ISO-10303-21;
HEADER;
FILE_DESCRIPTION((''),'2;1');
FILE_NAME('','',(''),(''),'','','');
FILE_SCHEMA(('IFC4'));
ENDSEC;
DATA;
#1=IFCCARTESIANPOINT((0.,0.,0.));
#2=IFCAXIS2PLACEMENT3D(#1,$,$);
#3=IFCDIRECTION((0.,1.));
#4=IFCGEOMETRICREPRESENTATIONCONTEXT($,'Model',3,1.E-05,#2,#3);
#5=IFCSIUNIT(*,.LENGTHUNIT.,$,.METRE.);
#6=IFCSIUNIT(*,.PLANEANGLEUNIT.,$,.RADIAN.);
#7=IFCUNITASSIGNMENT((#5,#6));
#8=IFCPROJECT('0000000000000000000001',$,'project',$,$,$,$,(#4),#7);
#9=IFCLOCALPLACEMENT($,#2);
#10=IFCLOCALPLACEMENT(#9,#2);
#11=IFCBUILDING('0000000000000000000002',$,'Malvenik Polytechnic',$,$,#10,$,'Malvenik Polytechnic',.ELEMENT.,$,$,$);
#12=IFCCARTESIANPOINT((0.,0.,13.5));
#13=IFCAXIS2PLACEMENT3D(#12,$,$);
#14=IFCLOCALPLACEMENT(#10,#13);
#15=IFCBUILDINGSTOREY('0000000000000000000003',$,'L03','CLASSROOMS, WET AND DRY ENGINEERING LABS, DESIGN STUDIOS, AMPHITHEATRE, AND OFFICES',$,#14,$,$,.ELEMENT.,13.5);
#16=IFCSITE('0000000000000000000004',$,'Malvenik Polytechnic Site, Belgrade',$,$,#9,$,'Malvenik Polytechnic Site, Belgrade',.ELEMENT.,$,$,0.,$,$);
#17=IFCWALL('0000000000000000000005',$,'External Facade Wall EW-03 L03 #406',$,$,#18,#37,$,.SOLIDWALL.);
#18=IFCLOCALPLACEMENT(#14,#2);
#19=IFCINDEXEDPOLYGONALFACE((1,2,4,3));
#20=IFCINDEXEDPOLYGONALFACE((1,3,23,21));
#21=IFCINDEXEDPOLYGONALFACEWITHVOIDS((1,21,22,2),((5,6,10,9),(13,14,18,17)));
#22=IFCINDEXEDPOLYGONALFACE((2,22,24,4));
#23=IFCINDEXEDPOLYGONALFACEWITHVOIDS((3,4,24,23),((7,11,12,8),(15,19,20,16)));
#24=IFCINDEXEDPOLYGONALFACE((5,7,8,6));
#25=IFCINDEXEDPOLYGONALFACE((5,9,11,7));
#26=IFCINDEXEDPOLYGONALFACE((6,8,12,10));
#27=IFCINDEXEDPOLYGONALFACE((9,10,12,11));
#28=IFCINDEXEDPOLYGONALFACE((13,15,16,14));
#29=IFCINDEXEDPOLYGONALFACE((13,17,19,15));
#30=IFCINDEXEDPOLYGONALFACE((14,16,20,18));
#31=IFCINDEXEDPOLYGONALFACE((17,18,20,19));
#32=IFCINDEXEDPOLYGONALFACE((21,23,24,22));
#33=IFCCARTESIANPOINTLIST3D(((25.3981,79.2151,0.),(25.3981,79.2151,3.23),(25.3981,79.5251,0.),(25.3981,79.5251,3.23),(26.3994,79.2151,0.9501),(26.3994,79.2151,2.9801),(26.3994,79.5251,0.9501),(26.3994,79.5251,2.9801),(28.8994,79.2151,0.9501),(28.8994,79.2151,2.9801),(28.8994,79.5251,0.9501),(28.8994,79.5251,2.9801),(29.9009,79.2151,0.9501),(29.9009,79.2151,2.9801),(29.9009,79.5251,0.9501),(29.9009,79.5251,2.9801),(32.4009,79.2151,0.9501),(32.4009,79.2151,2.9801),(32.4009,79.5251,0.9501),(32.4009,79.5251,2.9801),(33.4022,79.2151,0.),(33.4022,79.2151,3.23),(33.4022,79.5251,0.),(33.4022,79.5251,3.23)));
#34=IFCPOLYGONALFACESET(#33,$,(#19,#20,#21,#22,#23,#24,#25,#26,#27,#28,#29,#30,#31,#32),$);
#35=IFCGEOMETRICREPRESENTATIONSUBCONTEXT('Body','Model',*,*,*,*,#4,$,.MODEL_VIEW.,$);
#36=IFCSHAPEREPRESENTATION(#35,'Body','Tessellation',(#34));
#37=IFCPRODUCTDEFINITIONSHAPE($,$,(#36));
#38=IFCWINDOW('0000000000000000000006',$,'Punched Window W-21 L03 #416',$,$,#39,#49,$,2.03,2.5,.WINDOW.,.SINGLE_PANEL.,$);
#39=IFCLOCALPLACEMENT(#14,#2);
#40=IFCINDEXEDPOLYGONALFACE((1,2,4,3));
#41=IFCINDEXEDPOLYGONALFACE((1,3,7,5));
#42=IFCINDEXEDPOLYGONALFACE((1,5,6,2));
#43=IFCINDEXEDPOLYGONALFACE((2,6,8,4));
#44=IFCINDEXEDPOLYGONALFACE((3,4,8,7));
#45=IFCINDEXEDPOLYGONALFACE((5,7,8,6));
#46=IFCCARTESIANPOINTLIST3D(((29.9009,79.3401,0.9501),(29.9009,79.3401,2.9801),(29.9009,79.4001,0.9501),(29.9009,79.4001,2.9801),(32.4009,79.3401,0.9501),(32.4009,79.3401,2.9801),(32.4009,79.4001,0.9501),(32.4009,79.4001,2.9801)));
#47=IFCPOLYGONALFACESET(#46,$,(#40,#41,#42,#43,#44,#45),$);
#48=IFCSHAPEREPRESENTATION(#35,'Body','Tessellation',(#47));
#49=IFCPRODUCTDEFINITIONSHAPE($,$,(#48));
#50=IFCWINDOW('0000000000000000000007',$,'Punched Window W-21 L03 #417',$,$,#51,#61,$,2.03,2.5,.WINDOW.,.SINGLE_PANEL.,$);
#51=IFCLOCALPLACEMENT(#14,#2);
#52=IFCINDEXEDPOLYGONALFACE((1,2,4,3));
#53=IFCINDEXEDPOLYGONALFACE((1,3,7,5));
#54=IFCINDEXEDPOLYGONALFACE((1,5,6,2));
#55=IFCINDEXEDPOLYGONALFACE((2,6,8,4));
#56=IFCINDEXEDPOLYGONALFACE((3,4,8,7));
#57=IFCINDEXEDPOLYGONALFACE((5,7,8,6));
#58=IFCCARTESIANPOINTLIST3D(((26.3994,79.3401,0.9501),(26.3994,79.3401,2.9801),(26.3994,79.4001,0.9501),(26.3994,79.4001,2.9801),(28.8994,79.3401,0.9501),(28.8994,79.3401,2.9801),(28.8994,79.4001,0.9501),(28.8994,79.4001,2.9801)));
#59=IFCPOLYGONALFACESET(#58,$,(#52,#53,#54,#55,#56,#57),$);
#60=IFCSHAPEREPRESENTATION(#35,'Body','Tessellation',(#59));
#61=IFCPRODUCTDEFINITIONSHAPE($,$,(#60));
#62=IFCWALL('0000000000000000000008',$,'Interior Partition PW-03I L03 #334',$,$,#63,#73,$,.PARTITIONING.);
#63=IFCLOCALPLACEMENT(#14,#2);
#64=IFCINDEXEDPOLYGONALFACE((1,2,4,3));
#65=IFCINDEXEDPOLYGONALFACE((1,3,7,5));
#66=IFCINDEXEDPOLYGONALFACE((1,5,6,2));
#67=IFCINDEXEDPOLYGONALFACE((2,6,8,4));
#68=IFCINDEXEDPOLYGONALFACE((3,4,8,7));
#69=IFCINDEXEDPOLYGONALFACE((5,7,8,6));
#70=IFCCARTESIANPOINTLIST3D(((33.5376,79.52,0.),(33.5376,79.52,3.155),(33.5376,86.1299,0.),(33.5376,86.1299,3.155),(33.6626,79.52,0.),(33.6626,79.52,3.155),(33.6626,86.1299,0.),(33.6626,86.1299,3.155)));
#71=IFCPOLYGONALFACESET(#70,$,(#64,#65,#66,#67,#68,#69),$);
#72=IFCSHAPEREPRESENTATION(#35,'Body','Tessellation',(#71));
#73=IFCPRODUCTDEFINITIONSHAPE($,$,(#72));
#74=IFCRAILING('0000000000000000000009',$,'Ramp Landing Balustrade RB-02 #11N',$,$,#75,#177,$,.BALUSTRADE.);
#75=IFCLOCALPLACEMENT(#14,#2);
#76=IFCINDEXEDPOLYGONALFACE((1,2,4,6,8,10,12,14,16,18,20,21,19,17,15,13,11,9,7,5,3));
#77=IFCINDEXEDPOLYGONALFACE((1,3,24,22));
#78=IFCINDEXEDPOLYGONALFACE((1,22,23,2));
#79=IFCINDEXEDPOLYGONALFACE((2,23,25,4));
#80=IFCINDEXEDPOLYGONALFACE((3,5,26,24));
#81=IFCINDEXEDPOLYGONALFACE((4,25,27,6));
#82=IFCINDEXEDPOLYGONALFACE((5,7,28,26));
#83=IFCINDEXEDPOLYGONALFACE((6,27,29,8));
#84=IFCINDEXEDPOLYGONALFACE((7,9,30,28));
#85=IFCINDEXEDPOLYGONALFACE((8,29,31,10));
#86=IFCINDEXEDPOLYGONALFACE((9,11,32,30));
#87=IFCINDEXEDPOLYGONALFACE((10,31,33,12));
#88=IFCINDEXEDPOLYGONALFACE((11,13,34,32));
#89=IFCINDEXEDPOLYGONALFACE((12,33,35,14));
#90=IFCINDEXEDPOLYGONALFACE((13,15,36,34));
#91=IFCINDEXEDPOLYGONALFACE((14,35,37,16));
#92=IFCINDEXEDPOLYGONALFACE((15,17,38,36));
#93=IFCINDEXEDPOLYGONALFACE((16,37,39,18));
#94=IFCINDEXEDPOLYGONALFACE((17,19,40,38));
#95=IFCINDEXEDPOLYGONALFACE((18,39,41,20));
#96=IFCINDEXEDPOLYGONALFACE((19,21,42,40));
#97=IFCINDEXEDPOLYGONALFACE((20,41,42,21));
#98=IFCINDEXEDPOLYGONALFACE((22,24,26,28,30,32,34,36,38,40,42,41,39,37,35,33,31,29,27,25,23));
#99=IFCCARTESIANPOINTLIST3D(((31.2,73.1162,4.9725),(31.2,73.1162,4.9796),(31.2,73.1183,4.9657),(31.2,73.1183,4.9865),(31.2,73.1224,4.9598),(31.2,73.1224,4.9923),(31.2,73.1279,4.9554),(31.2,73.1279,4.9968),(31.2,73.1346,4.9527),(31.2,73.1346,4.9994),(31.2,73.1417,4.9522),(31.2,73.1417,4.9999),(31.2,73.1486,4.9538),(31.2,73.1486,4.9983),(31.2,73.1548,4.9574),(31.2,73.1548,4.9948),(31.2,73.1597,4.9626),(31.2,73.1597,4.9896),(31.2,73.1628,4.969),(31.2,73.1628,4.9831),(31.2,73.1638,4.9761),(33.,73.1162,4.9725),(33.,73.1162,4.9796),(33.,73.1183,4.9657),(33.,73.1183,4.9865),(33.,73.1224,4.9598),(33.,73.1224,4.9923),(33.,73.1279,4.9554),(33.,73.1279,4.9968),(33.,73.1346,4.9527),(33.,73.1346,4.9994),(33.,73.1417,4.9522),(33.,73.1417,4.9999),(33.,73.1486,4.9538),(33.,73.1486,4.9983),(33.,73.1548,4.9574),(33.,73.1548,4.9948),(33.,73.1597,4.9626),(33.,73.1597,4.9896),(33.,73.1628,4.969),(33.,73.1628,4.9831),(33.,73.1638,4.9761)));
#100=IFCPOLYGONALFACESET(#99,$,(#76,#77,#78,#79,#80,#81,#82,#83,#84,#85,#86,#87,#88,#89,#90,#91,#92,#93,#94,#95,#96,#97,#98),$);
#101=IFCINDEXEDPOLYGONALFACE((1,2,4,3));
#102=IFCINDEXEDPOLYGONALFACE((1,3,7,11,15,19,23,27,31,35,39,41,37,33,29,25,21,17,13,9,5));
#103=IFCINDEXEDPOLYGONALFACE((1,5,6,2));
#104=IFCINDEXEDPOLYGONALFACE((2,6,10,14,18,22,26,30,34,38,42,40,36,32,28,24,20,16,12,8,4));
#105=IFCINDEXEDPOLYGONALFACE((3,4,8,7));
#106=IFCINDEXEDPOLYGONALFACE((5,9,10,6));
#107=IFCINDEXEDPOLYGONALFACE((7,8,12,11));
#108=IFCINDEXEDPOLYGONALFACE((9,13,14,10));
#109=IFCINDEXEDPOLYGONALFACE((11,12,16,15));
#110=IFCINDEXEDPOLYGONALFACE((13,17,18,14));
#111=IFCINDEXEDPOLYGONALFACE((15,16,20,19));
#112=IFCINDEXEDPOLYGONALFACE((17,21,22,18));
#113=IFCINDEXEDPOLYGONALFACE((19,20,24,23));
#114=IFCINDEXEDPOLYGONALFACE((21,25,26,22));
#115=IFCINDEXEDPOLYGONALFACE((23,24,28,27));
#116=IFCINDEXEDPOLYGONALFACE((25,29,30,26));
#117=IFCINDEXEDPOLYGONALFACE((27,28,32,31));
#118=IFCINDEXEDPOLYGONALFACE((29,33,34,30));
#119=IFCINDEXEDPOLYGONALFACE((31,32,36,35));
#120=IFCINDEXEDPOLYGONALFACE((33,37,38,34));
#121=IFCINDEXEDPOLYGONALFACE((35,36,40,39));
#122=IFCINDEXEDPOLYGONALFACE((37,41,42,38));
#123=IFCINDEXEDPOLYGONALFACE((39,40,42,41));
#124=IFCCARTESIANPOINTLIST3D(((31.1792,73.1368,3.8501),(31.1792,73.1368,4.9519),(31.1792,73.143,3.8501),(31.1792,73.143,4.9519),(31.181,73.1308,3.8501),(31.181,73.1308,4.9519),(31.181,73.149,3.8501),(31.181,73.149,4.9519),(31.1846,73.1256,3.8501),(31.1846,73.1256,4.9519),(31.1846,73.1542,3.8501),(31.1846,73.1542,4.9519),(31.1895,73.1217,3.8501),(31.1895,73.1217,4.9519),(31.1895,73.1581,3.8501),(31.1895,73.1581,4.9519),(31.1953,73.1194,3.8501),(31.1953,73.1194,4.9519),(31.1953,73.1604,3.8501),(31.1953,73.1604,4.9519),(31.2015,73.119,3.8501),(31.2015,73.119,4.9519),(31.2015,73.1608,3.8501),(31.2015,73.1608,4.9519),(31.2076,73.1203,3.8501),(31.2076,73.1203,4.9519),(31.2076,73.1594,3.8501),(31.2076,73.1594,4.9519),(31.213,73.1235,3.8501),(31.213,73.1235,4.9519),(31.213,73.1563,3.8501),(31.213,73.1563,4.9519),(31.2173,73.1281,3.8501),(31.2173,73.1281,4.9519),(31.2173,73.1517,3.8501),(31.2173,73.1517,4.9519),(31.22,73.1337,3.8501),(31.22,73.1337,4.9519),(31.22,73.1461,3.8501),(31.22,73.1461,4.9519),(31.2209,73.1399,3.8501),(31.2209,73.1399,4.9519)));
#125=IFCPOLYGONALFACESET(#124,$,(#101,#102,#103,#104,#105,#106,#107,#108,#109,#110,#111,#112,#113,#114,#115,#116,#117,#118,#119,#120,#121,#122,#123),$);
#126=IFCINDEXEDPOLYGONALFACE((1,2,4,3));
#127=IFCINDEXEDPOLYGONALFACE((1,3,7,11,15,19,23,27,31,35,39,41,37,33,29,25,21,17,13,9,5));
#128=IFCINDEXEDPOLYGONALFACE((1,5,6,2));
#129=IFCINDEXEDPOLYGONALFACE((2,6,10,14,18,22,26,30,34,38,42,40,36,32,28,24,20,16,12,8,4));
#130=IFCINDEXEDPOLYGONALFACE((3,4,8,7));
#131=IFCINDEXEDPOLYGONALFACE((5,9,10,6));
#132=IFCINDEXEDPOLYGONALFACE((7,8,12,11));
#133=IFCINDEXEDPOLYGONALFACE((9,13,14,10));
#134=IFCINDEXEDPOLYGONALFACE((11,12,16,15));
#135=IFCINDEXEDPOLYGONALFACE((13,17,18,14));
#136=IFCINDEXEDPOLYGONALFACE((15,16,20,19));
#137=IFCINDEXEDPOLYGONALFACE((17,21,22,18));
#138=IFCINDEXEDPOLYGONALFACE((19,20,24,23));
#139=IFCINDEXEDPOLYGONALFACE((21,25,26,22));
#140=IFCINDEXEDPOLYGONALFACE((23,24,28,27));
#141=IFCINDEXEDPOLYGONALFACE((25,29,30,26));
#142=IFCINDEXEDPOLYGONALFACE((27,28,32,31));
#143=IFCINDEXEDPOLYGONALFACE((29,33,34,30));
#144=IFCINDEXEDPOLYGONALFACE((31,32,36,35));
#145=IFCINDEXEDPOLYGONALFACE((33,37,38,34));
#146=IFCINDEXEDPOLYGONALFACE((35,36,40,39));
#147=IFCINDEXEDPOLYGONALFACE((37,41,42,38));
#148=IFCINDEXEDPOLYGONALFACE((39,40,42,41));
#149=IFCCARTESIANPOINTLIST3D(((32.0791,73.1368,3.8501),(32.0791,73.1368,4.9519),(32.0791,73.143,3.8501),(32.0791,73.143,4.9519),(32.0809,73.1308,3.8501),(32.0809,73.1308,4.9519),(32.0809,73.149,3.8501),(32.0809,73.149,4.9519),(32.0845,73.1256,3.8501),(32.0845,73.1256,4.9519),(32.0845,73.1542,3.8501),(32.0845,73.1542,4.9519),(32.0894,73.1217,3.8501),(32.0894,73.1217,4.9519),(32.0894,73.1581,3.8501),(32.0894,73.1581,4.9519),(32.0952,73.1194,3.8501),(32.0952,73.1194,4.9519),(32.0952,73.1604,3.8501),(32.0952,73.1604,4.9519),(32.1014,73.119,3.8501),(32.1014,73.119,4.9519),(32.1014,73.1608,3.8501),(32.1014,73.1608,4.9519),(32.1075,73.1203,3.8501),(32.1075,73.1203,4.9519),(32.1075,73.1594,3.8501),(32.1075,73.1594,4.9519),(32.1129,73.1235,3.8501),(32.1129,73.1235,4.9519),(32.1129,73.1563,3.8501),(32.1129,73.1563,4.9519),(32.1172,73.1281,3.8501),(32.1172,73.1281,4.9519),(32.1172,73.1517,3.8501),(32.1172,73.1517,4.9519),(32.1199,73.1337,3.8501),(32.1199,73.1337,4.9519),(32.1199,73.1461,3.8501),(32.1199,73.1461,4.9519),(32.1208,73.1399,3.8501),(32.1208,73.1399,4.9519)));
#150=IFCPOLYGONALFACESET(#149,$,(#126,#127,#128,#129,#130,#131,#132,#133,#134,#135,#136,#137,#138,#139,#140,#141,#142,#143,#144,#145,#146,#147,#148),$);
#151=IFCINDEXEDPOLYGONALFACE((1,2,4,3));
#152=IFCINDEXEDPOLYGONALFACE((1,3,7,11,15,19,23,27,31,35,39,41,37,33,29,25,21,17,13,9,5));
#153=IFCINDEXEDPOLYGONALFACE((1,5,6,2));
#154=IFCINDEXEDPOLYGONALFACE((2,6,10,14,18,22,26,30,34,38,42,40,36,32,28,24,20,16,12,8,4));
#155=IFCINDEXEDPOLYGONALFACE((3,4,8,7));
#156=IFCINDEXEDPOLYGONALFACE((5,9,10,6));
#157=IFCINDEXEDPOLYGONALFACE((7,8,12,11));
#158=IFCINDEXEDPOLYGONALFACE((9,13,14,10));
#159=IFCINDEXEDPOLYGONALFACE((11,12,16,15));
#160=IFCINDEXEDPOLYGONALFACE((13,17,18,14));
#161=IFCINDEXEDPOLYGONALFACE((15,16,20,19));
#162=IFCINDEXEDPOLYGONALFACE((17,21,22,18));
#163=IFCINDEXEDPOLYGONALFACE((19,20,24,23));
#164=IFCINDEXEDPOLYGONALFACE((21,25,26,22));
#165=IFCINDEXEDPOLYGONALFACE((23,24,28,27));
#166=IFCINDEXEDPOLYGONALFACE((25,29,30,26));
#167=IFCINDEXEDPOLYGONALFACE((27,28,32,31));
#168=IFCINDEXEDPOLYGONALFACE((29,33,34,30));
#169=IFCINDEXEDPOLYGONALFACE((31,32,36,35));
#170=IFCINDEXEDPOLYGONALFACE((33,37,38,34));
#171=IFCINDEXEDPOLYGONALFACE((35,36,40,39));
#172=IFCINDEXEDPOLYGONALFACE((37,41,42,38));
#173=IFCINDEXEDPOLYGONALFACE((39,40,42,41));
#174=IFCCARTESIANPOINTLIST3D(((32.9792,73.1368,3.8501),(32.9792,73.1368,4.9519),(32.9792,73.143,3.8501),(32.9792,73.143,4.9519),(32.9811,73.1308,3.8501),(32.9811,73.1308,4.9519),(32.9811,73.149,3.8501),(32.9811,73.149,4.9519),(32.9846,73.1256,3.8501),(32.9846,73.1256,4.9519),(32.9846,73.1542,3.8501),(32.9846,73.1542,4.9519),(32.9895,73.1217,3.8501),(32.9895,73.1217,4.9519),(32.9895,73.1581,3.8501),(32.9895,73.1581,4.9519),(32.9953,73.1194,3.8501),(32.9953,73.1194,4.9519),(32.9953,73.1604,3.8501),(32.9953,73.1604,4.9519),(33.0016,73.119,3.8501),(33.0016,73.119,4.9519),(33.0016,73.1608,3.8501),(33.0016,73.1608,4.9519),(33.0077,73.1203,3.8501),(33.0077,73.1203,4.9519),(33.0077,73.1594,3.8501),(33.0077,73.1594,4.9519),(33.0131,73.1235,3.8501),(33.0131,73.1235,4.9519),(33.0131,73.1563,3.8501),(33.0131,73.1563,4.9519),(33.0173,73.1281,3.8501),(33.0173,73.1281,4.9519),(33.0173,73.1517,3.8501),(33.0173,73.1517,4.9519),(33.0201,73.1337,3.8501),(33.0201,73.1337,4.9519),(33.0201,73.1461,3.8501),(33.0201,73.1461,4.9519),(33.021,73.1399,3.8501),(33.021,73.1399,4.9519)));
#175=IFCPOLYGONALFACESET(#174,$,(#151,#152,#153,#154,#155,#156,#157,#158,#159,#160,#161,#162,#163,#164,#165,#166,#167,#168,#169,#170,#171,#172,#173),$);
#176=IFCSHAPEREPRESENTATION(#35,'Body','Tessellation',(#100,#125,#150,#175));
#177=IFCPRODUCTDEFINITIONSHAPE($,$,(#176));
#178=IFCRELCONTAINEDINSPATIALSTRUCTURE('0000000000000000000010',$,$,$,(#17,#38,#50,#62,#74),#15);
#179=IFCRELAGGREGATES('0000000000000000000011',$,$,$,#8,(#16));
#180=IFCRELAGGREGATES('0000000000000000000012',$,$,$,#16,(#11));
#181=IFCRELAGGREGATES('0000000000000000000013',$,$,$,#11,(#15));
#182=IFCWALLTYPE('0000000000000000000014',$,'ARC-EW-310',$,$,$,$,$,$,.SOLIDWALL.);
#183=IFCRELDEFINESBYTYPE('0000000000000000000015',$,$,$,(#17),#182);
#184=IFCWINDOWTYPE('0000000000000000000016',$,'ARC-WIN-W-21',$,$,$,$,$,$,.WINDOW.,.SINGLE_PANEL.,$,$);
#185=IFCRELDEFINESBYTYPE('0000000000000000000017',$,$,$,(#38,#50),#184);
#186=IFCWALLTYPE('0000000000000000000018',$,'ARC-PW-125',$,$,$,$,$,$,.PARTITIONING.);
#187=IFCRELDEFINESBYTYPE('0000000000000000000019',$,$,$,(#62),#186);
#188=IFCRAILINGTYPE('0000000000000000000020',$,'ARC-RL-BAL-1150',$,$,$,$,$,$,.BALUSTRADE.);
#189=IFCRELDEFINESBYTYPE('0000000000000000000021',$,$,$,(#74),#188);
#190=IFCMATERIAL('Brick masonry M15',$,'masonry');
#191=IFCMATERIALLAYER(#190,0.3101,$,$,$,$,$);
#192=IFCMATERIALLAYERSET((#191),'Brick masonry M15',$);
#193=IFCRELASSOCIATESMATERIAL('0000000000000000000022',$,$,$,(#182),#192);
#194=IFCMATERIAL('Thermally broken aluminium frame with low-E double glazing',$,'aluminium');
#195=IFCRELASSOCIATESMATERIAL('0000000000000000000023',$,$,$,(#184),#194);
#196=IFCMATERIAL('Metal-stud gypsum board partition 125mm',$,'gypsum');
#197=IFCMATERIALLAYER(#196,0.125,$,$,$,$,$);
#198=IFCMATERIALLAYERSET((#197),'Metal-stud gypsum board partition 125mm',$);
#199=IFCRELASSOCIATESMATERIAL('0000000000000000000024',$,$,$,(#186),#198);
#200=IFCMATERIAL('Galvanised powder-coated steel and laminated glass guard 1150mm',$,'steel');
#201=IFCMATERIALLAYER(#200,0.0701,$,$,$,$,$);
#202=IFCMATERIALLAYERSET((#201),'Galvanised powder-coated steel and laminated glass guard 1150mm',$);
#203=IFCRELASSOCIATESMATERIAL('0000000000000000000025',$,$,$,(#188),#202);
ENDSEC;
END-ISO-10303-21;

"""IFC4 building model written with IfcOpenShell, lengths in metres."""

from ifc_helpers import new_model, si_unit, direction, frame, frame_2d, origin, origin_2d, place, context, subcontext, project, spatial, rectangle, circle, extrude, material, layer, layer_set, type_object, element, fill, save


model = new_model("IFC4")

# Units and contexts
model_context = context("Model", 3, precision=1e-05, world=origin(), true_north=direction((0.0, 1.0)))
body_context = subcontext(model_context, "Body", "Model", "MODEL_VIEW")
ifc_project = project(units=[si_unit("LENGTHUNIT", "METRE"), si_unit("PLANEANGLEUNIT", "RADIAN")], contexts=[model_context])

# Site, building, storey
site_placement = place(None, origin())
site = spatial("IfcSite", under=ifc_project, at=site_placement, Name="Malvenik Polytechnic Site, Belgrade", LongName="Malvenik Polytechnic Site, Belgrade", CompositionType="ELEMENT", RefElevation=0.0)
building_placement = place(site_placement, origin())
building = spatial("IfcBuilding", under=site, at=building_placement, Name="Malvenik Polytechnic", LongName="Malvenik Polytechnic", CompositionType="ELEMENT")
storey_placement = place(building_placement, frame((0.0, 0.0, 13.5)))
storey = spatial("IfcBuildingStorey", under=building, at=storey_placement, Name="L03", Description="CLASSROOMS, WET AND DRY ENGINEERING LABS, DESIGN STUDIOS, AMPHITHEATRE, AND OFFICES", CompositionType="ELEMENT", Elevation=13.5)

# Wall, openings, windows
ifc_material_1 = material(Name="Brick masonry M15", Category="masonry")
ifc_layer_1 = layer(ifc_material_1, 0.3101)
ifc_layer_set_1 = layer_set([ifc_layer_1], Name="Brick masonry M15")
wall_type_1 = type_object("IfcWallType", Name="ARC-EW-310", PredefinedType="SOLIDWALL", material=ifc_layer_set_1)
wall_1_placement = place(storey_placement, frame((33.4021, 79.3701, 0.0), z_axis=(0.0, 0.0, 1.0), x_axis=(-1.0, 0.0, 0.0)))
wall_1 = element("IfcWall", 1, at=wall_1_placement, inside=storey, type_object=wall_type_1, Name="External Facade Wall EW-03 L03 #406", PredefinedType="SOLIDWALL", context=body_context, shape_type="SweptSolid", body=[
    extrude(rectangle(XDim=8.0042, YDim=0.3101, at=frame_2d((4.002, 0.0))), origin(), (0.0, 0.0, 1.0), 3.23),
])
opening_1_placement = place(wall_1_placement, frame((1.0012, 0.0, 0.95)))
opening_1 = element("IfcOpeningElement", 2, at=opening_1_placement, cuts=wall_1, PredefinedType="OPENING", context=body_context, shape_type="SweptSolid", body=[
    extrude(rectangle(XDim=2.5, YDim=2.03, at=frame_2d((1.25, 1.0151))), frame((0.0, 0.165, 0.0), z_axis=(0.0, -1.0, 0.0), x_axis=(1.0, 0.0, 0.0)), (0.0, 0.0, 1.0), 0.3301),
])
opening_2_placement = place(wall_1_placement, frame((4.5027, 0.0, 0.95)))
opening_2 = element("IfcOpeningElement", 3, at=opening_2_placement, cuts=wall_1, PredefinedType="OPENING", context=body_context, shape_type="SweptSolid", body=[
    extrude(rectangle(XDim=2.5, YDim=2.03, at=frame_2d((1.25, 1.0151))), frame((0.0, 0.165, 0.0), z_axis=(0.0, -1.0, 0.0), x_axis=(1.0, 0.0, 0.0)), (0.0, 0.0, 1.0), 0.3301),
])
ifc_material_2 = material(Name="Thermally broken aluminium frame with low-E double glazing", Category="aluminium")
window_type = type_object("IfcWindowType", Name="ARC-WIN-W-21", PartitioningType="SINGLE_PANEL", PredefinedType="WINDOW", material=ifc_material_2)
window_1_placement = place(opening_1_placement, origin())
window_1 = element("IfcWindow", 4, at=window_1_placement, inside=storey, type_object=window_type, Name="Punched Window W-21 L03 #416", OverallHeight=2.03, OverallWidth=2.5, PartitioningType="SINGLE_PANEL", PredefinedType="WINDOW", context=body_context, shape_type="SweptSolid", body=[
    extrude(rectangle(XDim=2.5, YDim=2.03, at=frame_2d((1.25, 1.0151))), frame((0.0, 0.03, 0.0), z_axis=(0.0, -1.0, 0.0), x_axis=(1.0, 0.0, 0.0)), (0.0, 0.0, 1.0), 0.0601),
])
fill(opening_1, window_1)
window_2_placement = place(opening_2_placement, origin())
window_2 = element("IfcWindow", 5, at=window_2_placement, inside=storey, type_object=window_type, Name="Punched Window W-21 L03 #417", OverallHeight=2.03, OverallWidth=2.5, PartitioningType="SINGLE_PANEL", PredefinedType="WINDOW", context=body_context, shape_type="SweptSolid", body=[
    extrude(rectangle(XDim=2.5, YDim=2.03, at=frame_2d((1.25, 1.0151))), frame((0.0, 0.03, 0.0), z_axis=(0.0, -1.0, 0.0), x_axis=(1.0, 0.0, 0.0)), (0.0, 0.0, 1.0), 0.0601),
])
fill(opening_2, window_2)

# Wall
ifc_material_3 = material(Name="Metal-stud gypsum board partition 125mm", Category="gypsum")
ifc_layer_2 = layer(ifc_material_3, 0.125)
ifc_layer_set_2 = layer_set([ifc_layer_2], Name="Metal-stud gypsum board partition 125mm")
wall_type_2 = type_object("IfcWallType", Name="ARC-PW-125", PredefinedType="PARTITIONING", material=ifc_layer_set_2)
wall_2_placement = place(storey_placement, frame((33.6001, 79.52, 0.0), z_axis=(0.0, 0.0, 1.0), x_axis=(0.0, 1.0, 0.0)))
element("IfcWall", 6, at=wall_2_placement, inside=storey, type_object=wall_type_2, Name="Interior Partition PW-03I L03 #334", PredefinedType="PARTITIONING", context=body_context, shape_type="SweptSolid", body=[
    extrude(rectangle(XDim=6.6099, YDim=0.125, at=frame_2d((3.3049, 0.0))), origin(), (0.0, 0.0, 1.0), 3.155),
])

# Railing
ifc_material_4 = material(Name="Galvanised powder-coated steel and laminated glass guard 1150mm", Category="steel")
ifc_layer_3 = layer(ifc_material_4, 0.0701)
ifc_layer_set_3 = layer_set([ifc_layer_3], Name="Galvanised powder-coated steel and laminated glass guard 1150mm")
railing_type_1 = type_object("IfcRailingType", Name="ARC-RL-BAL-1150", PredefinedType="BALUSTRADE", material=ifc_layer_set_3)
railing_1_placement = place(storey_placement, frame((31.2, 73.1399, 3.8501)))
element("IfcRailing", 7, at=railing_1_placement, inside=storey, type_object=railing_type_1, Name="Ramp Landing Balustrade RB-02 #11N", PredefinedType="BALUSTRADE", context=body_context, shape_type="SweptSolid", body=[
    extrude(circle(Radius=0.0239, at=origin_2d()), frame((0.0, 0.0, 1.126), z_axis=(1.0, 0.0, 0.0), x_axis=(0.0, 1.0, 0.0)), (0.0, 0.0, 1.0), 1.8),
    extrude(circle(Radius=0.021, at=origin_2d()), origin(), (0.0, 0.0, 1.0), 1.1018),
    extrude(circle(Radius=0.021, at=origin_2d()), frame((0.8999, 0.0, 0.0)), (0.0, 0.0, 1.0), 1.1018),
    extrude(circle(Radius=0.021, at=origin_2d()), frame((1.8, 0.0, 0.0)), (0.0, 0.0, 1.0), 1.1018),
])

save(model, "model.ifc")
